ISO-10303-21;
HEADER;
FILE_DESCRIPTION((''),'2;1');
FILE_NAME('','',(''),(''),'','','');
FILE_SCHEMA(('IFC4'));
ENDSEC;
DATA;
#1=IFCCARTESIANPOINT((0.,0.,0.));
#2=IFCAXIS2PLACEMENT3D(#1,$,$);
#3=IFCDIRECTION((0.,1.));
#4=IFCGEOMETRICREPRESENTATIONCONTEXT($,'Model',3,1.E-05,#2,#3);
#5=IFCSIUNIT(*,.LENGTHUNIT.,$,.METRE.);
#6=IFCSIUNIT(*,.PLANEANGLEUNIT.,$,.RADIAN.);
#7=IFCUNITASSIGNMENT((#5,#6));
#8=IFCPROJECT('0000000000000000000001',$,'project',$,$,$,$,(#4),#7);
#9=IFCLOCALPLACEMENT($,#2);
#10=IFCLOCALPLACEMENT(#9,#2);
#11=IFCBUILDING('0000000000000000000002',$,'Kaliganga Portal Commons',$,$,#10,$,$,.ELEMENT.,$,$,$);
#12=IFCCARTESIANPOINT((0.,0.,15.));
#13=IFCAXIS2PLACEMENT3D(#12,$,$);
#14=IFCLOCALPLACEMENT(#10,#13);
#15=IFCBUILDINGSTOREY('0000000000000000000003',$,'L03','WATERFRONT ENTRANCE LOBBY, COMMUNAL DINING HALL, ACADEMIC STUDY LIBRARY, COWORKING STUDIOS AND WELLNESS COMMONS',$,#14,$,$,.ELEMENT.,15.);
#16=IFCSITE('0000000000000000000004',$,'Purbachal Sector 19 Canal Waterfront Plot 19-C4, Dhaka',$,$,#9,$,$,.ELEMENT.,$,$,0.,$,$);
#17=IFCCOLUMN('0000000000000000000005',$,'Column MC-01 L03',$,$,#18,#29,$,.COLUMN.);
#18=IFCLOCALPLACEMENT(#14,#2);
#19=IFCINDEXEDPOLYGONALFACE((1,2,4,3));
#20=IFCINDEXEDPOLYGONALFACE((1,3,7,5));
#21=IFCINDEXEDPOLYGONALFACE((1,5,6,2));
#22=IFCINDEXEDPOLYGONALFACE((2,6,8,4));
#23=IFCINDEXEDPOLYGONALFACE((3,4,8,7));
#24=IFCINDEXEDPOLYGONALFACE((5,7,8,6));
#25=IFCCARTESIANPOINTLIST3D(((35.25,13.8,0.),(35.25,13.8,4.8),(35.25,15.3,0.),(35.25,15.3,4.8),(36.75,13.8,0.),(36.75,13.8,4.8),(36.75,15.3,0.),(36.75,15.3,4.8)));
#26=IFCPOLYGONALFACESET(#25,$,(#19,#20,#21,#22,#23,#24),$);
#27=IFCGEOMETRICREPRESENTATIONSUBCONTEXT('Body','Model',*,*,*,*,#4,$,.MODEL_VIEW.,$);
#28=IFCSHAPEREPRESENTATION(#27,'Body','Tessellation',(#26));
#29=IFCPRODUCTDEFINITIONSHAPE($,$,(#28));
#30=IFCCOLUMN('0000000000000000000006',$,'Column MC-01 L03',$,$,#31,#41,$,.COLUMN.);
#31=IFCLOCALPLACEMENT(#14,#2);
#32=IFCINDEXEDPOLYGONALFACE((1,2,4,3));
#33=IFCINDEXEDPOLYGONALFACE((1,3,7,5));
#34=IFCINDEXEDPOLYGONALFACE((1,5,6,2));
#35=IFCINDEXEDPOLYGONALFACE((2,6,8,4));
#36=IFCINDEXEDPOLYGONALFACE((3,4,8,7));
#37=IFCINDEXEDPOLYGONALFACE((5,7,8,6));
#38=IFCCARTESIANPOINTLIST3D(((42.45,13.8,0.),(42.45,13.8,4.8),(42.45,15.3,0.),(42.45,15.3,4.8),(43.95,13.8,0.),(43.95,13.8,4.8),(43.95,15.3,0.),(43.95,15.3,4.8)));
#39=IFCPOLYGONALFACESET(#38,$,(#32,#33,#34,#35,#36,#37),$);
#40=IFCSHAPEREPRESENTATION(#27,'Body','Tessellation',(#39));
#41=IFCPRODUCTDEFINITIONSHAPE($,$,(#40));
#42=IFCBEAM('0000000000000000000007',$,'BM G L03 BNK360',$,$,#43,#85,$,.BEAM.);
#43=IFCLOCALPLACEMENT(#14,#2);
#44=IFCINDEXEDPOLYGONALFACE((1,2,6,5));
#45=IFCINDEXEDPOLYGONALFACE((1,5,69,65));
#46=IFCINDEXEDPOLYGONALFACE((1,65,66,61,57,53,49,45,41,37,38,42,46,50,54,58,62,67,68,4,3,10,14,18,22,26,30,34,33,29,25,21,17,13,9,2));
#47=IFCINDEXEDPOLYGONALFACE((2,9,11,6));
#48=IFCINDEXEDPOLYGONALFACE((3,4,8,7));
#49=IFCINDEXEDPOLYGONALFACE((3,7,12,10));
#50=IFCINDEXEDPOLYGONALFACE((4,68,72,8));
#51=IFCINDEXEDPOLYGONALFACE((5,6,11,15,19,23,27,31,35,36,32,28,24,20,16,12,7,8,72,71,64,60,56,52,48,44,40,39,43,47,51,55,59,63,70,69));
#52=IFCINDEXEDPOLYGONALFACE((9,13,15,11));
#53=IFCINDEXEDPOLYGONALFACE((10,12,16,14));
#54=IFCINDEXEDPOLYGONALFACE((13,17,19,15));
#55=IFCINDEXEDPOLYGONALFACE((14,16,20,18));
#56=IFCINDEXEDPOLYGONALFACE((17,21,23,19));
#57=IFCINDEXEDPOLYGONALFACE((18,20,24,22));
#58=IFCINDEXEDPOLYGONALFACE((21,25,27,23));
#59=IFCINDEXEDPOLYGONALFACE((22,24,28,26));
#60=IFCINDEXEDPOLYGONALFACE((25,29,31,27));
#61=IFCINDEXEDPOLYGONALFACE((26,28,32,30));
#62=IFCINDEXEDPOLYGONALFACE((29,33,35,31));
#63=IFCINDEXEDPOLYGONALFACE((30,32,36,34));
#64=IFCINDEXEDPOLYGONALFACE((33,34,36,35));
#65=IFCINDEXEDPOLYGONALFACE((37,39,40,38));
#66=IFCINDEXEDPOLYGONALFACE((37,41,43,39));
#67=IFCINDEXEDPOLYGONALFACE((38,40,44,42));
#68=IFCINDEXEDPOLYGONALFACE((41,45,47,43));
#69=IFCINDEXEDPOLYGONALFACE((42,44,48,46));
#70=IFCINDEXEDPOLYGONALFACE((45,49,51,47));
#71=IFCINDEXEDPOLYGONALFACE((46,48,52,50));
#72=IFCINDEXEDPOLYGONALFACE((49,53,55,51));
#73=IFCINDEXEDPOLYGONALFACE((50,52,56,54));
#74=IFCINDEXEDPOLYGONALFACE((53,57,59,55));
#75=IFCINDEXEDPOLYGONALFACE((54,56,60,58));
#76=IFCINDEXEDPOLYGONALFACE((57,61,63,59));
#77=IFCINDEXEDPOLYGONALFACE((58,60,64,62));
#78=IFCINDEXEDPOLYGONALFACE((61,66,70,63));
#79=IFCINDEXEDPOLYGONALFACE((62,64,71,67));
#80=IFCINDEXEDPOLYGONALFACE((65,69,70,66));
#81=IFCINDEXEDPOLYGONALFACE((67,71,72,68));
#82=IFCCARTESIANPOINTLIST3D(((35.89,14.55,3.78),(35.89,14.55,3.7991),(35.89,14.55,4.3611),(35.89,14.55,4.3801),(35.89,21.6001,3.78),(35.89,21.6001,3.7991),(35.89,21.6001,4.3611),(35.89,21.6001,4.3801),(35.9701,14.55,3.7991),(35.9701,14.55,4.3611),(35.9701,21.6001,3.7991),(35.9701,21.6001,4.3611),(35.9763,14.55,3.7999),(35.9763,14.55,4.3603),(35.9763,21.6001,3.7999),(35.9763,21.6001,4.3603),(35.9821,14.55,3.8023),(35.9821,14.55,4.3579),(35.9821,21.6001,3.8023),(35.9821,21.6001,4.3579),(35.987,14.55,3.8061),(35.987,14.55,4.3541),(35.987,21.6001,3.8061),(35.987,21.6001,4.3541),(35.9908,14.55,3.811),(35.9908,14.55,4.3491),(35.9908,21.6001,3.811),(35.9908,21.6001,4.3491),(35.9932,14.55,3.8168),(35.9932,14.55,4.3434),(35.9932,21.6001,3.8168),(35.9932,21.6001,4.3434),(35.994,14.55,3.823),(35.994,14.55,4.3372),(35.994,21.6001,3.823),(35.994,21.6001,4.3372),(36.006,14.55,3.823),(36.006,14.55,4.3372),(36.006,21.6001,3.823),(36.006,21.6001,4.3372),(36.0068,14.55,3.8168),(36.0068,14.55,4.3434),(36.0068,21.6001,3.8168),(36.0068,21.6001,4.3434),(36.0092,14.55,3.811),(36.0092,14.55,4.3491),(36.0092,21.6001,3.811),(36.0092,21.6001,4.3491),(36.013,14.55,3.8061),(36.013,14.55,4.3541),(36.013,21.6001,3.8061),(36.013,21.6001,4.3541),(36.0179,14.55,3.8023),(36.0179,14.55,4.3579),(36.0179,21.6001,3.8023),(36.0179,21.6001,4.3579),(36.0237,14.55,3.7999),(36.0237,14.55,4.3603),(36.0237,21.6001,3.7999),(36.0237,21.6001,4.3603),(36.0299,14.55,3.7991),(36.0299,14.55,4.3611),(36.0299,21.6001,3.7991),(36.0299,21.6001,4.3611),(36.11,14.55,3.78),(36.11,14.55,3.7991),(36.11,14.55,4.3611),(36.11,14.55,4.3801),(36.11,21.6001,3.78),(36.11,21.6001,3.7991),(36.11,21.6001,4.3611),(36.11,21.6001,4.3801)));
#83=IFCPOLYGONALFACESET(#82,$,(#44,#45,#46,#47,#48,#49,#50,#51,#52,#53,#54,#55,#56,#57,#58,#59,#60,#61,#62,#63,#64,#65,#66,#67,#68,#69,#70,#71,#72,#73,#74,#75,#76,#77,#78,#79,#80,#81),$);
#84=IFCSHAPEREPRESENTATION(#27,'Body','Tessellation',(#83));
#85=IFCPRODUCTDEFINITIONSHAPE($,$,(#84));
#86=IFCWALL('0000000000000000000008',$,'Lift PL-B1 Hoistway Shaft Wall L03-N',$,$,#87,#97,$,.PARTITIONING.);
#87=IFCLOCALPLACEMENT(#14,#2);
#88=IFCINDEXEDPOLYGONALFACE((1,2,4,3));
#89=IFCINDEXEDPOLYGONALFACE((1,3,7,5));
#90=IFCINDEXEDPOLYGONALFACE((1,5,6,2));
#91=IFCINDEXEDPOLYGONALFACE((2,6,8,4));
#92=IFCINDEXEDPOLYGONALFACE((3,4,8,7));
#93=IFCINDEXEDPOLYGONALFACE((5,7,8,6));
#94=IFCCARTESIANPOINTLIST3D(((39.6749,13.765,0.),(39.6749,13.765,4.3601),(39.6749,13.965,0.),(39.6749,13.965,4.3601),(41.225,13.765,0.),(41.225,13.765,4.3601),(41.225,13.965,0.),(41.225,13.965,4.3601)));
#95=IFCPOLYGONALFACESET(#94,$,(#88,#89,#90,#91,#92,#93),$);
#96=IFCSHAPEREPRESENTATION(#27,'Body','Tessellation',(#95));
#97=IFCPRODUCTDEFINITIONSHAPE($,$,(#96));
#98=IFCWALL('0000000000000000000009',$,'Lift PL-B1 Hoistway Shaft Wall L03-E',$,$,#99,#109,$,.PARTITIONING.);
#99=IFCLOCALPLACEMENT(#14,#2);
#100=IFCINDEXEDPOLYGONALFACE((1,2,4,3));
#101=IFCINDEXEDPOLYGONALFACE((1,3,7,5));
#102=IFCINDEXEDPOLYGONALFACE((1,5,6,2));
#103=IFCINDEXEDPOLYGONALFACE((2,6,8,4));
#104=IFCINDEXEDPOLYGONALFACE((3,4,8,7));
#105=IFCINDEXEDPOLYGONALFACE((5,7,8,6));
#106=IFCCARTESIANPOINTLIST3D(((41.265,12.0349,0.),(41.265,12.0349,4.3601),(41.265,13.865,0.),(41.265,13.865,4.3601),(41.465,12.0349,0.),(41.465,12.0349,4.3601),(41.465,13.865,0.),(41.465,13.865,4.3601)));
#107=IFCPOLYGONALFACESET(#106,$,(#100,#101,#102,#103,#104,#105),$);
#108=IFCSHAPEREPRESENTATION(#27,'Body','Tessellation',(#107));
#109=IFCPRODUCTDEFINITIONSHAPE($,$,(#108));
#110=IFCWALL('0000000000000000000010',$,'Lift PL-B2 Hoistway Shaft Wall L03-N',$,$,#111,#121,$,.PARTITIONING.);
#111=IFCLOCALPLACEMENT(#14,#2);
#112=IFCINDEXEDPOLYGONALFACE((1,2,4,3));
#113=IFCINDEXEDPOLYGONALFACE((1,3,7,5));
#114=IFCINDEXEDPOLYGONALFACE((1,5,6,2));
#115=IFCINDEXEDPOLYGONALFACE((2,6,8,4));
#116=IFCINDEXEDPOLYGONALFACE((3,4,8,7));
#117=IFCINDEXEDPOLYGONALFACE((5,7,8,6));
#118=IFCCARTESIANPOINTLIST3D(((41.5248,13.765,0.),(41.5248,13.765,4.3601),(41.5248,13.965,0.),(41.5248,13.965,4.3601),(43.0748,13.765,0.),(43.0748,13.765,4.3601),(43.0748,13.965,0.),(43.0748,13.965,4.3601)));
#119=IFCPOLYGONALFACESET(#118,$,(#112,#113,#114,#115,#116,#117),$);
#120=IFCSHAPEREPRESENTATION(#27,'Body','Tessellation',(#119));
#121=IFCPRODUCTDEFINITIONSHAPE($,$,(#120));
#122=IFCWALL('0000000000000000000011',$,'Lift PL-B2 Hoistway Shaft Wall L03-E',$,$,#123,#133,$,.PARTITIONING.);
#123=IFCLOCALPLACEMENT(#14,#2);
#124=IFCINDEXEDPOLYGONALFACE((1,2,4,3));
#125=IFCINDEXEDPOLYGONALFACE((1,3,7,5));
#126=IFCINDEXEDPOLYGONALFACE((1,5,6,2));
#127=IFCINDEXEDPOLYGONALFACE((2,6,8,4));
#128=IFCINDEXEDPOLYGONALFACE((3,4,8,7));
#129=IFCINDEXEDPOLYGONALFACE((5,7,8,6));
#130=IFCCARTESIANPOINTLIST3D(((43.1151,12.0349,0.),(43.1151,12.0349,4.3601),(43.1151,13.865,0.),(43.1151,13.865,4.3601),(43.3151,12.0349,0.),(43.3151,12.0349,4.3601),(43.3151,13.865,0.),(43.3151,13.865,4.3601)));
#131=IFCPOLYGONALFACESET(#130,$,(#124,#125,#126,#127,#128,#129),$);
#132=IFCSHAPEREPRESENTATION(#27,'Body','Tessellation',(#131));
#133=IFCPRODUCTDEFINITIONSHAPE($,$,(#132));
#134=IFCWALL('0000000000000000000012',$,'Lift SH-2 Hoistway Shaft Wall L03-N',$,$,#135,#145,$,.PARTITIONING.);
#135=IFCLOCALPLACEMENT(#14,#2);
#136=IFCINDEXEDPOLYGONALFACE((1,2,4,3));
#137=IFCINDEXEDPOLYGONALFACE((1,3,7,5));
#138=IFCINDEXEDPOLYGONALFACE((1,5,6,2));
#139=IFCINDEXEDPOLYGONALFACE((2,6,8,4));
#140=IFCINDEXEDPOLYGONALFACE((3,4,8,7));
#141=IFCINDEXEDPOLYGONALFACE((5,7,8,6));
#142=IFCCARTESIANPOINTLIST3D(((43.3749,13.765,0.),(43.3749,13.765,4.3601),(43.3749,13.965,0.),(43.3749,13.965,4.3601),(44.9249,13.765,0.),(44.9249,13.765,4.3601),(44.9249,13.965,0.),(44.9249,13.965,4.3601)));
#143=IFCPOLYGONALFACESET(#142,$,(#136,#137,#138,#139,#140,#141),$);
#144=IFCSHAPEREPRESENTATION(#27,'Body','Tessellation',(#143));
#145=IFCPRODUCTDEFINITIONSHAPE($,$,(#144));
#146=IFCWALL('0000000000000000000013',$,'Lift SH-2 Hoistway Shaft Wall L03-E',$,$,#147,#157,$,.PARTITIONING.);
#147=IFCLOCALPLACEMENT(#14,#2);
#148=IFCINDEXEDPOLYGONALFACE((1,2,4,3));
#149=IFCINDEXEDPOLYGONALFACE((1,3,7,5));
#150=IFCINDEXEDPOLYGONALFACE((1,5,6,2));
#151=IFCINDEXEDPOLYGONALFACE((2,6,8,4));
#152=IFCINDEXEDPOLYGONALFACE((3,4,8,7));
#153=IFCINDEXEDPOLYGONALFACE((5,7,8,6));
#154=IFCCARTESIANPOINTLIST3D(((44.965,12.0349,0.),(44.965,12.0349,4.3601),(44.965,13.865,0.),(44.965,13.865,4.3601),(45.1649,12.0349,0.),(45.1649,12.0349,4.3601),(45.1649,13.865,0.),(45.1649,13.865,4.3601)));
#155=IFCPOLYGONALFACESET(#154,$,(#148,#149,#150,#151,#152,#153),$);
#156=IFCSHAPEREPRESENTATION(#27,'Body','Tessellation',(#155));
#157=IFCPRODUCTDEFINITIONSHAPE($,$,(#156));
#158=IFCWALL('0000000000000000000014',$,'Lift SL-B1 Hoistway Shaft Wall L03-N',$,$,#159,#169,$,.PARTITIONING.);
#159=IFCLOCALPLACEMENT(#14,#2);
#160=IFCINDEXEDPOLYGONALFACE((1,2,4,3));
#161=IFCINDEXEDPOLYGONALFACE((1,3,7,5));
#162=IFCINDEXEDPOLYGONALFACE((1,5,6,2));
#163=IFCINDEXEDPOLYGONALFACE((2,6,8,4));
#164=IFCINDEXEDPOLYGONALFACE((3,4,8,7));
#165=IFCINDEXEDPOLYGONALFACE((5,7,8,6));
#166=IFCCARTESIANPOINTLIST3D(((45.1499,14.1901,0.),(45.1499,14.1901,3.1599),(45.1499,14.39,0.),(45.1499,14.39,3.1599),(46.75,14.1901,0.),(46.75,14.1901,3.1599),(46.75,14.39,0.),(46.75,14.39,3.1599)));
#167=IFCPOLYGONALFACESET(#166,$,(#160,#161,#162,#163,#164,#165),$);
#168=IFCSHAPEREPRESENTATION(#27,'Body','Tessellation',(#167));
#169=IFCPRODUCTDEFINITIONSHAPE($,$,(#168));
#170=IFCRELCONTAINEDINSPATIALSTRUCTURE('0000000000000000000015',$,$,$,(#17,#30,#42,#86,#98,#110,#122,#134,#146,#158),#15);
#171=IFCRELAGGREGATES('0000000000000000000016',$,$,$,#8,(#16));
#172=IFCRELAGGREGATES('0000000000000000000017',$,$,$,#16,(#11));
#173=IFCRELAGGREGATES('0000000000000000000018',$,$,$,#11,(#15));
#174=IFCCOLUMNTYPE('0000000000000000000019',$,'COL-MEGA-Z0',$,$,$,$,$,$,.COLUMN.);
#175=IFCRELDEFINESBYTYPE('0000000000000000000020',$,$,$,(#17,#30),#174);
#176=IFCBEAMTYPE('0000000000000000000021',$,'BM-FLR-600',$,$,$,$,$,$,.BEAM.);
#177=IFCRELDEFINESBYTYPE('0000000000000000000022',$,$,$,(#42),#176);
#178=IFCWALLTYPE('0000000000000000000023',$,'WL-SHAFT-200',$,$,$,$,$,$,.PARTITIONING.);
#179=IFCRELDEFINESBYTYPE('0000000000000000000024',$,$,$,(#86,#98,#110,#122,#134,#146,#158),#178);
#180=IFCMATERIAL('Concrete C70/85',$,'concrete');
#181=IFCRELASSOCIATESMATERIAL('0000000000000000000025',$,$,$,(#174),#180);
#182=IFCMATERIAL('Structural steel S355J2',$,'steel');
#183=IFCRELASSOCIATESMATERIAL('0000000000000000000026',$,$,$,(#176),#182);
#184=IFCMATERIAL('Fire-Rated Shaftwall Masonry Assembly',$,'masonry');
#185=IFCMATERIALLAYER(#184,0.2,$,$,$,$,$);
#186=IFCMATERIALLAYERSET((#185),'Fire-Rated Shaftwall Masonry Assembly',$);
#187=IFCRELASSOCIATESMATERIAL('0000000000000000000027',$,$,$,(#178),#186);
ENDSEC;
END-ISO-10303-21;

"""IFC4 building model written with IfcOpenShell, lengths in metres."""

from ifc_helpers import new_model, si_unit, direction, frame, frame_2d, origin, origin_2d, place, context, subcontext, project, spatial, rectangle, i_section, extrude, source, transform, mapped, material, layer, layer_set, material_profile, profile_set, type_object, element, save


model = new_model("IFC4")

# Units and contexts
model_context = context("Model", 3, precision=1e-05, world=origin(), true_north=direction((0.0, 1.0)))
body_context = subcontext(model_context, "Body", "Model", "MODEL_VIEW")
ifc_project = project(units=[si_unit("LENGTHUNIT", "METRE"), si_unit("PLANEANGLEUNIT", "RADIAN")], contexts=[model_context])

# Site, building, storey
site_placement = place(None, origin())
site = spatial("IfcSite", under=ifc_project, at=site_placement, Name="Purbachal Sector 19 Canal Waterfront Plot 19-C4, Dhaka", CompositionType="ELEMENT", RefElevation=0.0)
building_placement = place(site_placement, origin())
building = spatial("IfcBuilding", under=site, at=building_placement, Name="Kaliganga Portal Commons", CompositionType="ELEMENT")
storey_placement = place(building_placement, frame((0.0, 0.0, 15.0)))
storey = spatial("IfcBuildingStorey", under=building, at=storey_placement, Name="L03", Description="WATERFRONT ENTRANCE LOBBY, COMMUNAL DINING HALL, ACADEMIC STUDY LIBRARY, COWORKING STUDIOS AND WELLNESS COMMONS", CompositionType="ELEMENT", Elevation=15.0)

# Columns
ifc_material_1 = material(Name="Concrete C70/85", Category="concrete")
ifc_material_profile_1 = material_profile(ifc_material_1, rectangle(XDim=1.5, YDim=1.5, at=origin_2d()), Name="RC 1500x1500")
ifc_profile_set_1 = profile_set([ifc_material_profile_1], Name="Concrete C70/85")
column_type = type_object("IfcColumnType", Name="COL-MEGA-Z0", PredefinedType="COLUMN", material=ifc_profile_set_1)
shared_shape_1 = source(origin(), body_context, "Body", "SweptSolid", [
    extrude(rectangle(XDim=1.5, YDim=1.5, at=origin_2d()), origin(), (0.0, 0.0, 1.0), 4.8),
])
for number, where, z_axis, x_axis, name in (
    (1, (36.0, 14.55, 0.0), (0.0, 0.0, 1.0), (1.0, 0.0, 0.0), "Column MC-01 L03"),
    (2, (43.2, 14.55, 0.0), (0.0, 0.0, 1.0), (1.0, 0.0, 0.0), "Column MC-01 L03"),
):
    element("IfcColumn", number, at=place(storey_placement, frame(where, z_axis=z_axis, x_axis=x_axis)), inside=storey, type_object=column_type, Name=name, PredefinedType="COLUMN", context=body_context, shape_type="MappedRepresentation", body=[
        mapped(shared_shape_1, transform((0.0, 0.0, 0.0), x_axis=(1.0, 0.0, 0.0), y_axis=(0.0, 1.0, 0.0), z_axis=(0.0, 0.0, 1.0), scale=1.0)),
    ])

# Beam
ifc_material_2 = material(Name="Structural steel S355J2", Category="steel")
ifc_material_profile_2 = material_profile(ifc_material_2, i_section(OverallWidth=0.22, OverallDepth=0.6001, WebThickness=0.012, FlangeThickness=0.019, FilletRadius=0.0239, at=origin_2d()), Name="IPE 600")
ifc_profile_set_2 = profile_set([ifc_material_profile_2], Name="Structural steel S355J2 wide-flange")
beam_type = type_object("IfcBeamType", Name="BM-FLR-600", PredefinedType="BEAM", material=ifc_profile_set_2)
shared_shape_2 = source(origin(), body_context, "Body", "SweptSolid", [
    extrude(i_section(OverallWidth=0.22, OverallDepth=0.6001, WebThickness=0.012, FlangeThickness=0.019, FilletRadius=0.0239, at=origin_2d()), origin(), (0.0, 0.0, 1.0), 7.05),
])
beam_placement = place(storey_placement, frame((36.0, 14.55, 4.0801), z_axis=(0.0, 1.0, 0.0), x_axis=(-1.0, 0.0, 0.0)))
element("IfcBeam", 3, at=beam_placement, inside=storey, type_object=beam_type, Name="BM G L03 BNK360", PredefinedType="BEAM", context=body_context, shape_type="MappedRepresentation", body=[
    mapped(shared_shape_2, transform((0.0, 0.0, 0.0), x_axis=(1.0, 0.0, 0.0), y_axis=(0.0, 1.0, 0.0), z_axis=(0.0, 0.0, 1.0), scale=1.0)),
])

# Shared definitions
ifc_material_3 = material(Name="Fire-Rated Shaftwall Masonry Assembly", Category="masonry")
ifc_layer = layer(ifc_material_3, 0.2)
ifc_layer_set = layer_set([ifc_layer], Name="Fire-Rated Shaftwall Masonry Assembly")
wall_type = type_object("IfcWallType", Name="WL-SHAFT-200", PredefinedType="PARTITIONING", material=ifc_layer_set)

# Walls
wall_1_placement = place(storey_placement, frame((39.675, 13.865, 0.0), z_axis=(0.0, 0.0, 1.0), x_axis=(1.0, 0.0, 0.0)))
element("IfcWall", 4, at=wall_1_placement, inside=storey, type_object=wall_type, Name="Lift PL-B1 Hoistway Shaft Wall L03-N", PredefinedType="PARTITIONING", context=body_context, shape_type="SweptSolid", body=[
    extrude(rectangle(XDim=1.55, YDim=0.2, at=frame_2d((0.7749, 0.0))), origin(), (0.0, 0.0, 1.0), 4.3601),
])
wall_2_placement = place(storey_placement, frame((41.365, 12.0349, 0.0), z_axis=(0.0, 0.0, 1.0), x_axis=(0.0, 1.0, 0.0)))
element("IfcWall", 5, at=wall_2_placement, inside=storey, type_object=wall_type, Name="Lift PL-B1 Hoistway Shaft Wall L03-E", PredefinedType="PARTITIONING", context=body_context, shape_type="SweptSolid", body=[
    extrude(rectangle(XDim=1.8301, YDim=0.2, at=frame_2d((0.915, 0.0))), origin(), (0.0, 0.0, 1.0), 4.3601),
])

# Walls
wall_3_placement = place(storey_placement, frame((41.5249, 13.865, 0.0), z_axis=(0.0, 0.0, 1.0), x_axis=(1.0, 0.0, 0.0)))
element("IfcWall", 6, at=wall_3_placement, inside=storey, type_object=wall_type, Name="Lift PL-B2 Hoistway Shaft Wall L03-N", PredefinedType="PARTITIONING", context=body_context, shape_type="SweptSolid", body=[
    extrude(rectangle(XDim=1.55, YDim=0.2, at=frame_2d((0.7749, 0.0))), origin(), (0.0, 0.0, 1.0), 4.3601),
])
wall_4_placement = place(storey_placement, frame((43.2151, 12.0349, 0.0), z_axis=(0.0, 0.0, 1.0), x_axis=(0.0, 1.0, 0.0)))
element("IfcWall", 7, at=wall_4_placement, inside=storey, type_object=wall_type, Name="Lift PL-B2 Hoistway Shaft Wall L03-E", PredefinedType="PARTITIONING", context=body_context, shape_type="SweptSolid", body=[
    extrude(rectangle(XDim=1.8301, YDim=0.2, at=frame_2d((0.915, 0.0))), origin(), (0.0, 0.0, 1.0), 4.3601),
])

# Walls
wall_5_placement = place(storey_placement, frame((43.375, 13.865, 0.0), z_axis=(0.0, 0.0, 1.0), x_axis=(1.0, 0.0, 0.0)))
element("IfcWall", 8, at=wall_5_placement, inside=storey, type_object=wall_type, Name="Lift SH-2 Hoistway Shaft Wall L03-N", PredefinedType="PARTITIONING", context=body_context, shape_type="SweptSolid", body=[
    extrude(rectangle(XDim=1.55, YDim=0.2, at=frame_2d((0.7749, 0.0))), origin(), (0.0, 0.0, 1.0), 4.3601),
])
wall_6_placement = place(storey_placement, frame((45.0649, 12.0349, 0.0), z_axis=(0.0, 0.0, 1.0), x_axis=(0.0, 1.0, 0.0)))
element("IfcWall", 9, at=wall_6_placement, inside=storey, type_object=wall_type, Name="Lift SH-2 Hoistway Shaft Wall L03-E", PredefinedType="PARTITIONING", context=body_context, shape_type="SweptSolid", body=[
    extrude(rectangle(XDim=1.8301, YDim=0.2, at=frame_2d((0.915, 0.0))), origin(), (0.0, 0.0, 1.0), 4.3601),
])
wall_7_placement = place(storey_placement, frame((45.1499, 14.29, 0.0), z_axis=(0.0, 0.0, 1.0), x_axis=(1.0, 0.0, 0.0)))
element("IfcWall", 10, at=wall_7_placement, inside=storey, type_object=wall_type, Name="Lift SL-B1 Hoistway Shaft Wall L03-N", PredefinedType="PARTITIONING", context=body_context, shape_type="SweptSolid", body=[
    extrude(rectangle(XDim=1.6001, YDim=0.2, at=frame_2d((0.8, 0.0))), origin(), (0.0, 0.0, 1.0), 3.1599),
])

save(model, "model.ifc")
